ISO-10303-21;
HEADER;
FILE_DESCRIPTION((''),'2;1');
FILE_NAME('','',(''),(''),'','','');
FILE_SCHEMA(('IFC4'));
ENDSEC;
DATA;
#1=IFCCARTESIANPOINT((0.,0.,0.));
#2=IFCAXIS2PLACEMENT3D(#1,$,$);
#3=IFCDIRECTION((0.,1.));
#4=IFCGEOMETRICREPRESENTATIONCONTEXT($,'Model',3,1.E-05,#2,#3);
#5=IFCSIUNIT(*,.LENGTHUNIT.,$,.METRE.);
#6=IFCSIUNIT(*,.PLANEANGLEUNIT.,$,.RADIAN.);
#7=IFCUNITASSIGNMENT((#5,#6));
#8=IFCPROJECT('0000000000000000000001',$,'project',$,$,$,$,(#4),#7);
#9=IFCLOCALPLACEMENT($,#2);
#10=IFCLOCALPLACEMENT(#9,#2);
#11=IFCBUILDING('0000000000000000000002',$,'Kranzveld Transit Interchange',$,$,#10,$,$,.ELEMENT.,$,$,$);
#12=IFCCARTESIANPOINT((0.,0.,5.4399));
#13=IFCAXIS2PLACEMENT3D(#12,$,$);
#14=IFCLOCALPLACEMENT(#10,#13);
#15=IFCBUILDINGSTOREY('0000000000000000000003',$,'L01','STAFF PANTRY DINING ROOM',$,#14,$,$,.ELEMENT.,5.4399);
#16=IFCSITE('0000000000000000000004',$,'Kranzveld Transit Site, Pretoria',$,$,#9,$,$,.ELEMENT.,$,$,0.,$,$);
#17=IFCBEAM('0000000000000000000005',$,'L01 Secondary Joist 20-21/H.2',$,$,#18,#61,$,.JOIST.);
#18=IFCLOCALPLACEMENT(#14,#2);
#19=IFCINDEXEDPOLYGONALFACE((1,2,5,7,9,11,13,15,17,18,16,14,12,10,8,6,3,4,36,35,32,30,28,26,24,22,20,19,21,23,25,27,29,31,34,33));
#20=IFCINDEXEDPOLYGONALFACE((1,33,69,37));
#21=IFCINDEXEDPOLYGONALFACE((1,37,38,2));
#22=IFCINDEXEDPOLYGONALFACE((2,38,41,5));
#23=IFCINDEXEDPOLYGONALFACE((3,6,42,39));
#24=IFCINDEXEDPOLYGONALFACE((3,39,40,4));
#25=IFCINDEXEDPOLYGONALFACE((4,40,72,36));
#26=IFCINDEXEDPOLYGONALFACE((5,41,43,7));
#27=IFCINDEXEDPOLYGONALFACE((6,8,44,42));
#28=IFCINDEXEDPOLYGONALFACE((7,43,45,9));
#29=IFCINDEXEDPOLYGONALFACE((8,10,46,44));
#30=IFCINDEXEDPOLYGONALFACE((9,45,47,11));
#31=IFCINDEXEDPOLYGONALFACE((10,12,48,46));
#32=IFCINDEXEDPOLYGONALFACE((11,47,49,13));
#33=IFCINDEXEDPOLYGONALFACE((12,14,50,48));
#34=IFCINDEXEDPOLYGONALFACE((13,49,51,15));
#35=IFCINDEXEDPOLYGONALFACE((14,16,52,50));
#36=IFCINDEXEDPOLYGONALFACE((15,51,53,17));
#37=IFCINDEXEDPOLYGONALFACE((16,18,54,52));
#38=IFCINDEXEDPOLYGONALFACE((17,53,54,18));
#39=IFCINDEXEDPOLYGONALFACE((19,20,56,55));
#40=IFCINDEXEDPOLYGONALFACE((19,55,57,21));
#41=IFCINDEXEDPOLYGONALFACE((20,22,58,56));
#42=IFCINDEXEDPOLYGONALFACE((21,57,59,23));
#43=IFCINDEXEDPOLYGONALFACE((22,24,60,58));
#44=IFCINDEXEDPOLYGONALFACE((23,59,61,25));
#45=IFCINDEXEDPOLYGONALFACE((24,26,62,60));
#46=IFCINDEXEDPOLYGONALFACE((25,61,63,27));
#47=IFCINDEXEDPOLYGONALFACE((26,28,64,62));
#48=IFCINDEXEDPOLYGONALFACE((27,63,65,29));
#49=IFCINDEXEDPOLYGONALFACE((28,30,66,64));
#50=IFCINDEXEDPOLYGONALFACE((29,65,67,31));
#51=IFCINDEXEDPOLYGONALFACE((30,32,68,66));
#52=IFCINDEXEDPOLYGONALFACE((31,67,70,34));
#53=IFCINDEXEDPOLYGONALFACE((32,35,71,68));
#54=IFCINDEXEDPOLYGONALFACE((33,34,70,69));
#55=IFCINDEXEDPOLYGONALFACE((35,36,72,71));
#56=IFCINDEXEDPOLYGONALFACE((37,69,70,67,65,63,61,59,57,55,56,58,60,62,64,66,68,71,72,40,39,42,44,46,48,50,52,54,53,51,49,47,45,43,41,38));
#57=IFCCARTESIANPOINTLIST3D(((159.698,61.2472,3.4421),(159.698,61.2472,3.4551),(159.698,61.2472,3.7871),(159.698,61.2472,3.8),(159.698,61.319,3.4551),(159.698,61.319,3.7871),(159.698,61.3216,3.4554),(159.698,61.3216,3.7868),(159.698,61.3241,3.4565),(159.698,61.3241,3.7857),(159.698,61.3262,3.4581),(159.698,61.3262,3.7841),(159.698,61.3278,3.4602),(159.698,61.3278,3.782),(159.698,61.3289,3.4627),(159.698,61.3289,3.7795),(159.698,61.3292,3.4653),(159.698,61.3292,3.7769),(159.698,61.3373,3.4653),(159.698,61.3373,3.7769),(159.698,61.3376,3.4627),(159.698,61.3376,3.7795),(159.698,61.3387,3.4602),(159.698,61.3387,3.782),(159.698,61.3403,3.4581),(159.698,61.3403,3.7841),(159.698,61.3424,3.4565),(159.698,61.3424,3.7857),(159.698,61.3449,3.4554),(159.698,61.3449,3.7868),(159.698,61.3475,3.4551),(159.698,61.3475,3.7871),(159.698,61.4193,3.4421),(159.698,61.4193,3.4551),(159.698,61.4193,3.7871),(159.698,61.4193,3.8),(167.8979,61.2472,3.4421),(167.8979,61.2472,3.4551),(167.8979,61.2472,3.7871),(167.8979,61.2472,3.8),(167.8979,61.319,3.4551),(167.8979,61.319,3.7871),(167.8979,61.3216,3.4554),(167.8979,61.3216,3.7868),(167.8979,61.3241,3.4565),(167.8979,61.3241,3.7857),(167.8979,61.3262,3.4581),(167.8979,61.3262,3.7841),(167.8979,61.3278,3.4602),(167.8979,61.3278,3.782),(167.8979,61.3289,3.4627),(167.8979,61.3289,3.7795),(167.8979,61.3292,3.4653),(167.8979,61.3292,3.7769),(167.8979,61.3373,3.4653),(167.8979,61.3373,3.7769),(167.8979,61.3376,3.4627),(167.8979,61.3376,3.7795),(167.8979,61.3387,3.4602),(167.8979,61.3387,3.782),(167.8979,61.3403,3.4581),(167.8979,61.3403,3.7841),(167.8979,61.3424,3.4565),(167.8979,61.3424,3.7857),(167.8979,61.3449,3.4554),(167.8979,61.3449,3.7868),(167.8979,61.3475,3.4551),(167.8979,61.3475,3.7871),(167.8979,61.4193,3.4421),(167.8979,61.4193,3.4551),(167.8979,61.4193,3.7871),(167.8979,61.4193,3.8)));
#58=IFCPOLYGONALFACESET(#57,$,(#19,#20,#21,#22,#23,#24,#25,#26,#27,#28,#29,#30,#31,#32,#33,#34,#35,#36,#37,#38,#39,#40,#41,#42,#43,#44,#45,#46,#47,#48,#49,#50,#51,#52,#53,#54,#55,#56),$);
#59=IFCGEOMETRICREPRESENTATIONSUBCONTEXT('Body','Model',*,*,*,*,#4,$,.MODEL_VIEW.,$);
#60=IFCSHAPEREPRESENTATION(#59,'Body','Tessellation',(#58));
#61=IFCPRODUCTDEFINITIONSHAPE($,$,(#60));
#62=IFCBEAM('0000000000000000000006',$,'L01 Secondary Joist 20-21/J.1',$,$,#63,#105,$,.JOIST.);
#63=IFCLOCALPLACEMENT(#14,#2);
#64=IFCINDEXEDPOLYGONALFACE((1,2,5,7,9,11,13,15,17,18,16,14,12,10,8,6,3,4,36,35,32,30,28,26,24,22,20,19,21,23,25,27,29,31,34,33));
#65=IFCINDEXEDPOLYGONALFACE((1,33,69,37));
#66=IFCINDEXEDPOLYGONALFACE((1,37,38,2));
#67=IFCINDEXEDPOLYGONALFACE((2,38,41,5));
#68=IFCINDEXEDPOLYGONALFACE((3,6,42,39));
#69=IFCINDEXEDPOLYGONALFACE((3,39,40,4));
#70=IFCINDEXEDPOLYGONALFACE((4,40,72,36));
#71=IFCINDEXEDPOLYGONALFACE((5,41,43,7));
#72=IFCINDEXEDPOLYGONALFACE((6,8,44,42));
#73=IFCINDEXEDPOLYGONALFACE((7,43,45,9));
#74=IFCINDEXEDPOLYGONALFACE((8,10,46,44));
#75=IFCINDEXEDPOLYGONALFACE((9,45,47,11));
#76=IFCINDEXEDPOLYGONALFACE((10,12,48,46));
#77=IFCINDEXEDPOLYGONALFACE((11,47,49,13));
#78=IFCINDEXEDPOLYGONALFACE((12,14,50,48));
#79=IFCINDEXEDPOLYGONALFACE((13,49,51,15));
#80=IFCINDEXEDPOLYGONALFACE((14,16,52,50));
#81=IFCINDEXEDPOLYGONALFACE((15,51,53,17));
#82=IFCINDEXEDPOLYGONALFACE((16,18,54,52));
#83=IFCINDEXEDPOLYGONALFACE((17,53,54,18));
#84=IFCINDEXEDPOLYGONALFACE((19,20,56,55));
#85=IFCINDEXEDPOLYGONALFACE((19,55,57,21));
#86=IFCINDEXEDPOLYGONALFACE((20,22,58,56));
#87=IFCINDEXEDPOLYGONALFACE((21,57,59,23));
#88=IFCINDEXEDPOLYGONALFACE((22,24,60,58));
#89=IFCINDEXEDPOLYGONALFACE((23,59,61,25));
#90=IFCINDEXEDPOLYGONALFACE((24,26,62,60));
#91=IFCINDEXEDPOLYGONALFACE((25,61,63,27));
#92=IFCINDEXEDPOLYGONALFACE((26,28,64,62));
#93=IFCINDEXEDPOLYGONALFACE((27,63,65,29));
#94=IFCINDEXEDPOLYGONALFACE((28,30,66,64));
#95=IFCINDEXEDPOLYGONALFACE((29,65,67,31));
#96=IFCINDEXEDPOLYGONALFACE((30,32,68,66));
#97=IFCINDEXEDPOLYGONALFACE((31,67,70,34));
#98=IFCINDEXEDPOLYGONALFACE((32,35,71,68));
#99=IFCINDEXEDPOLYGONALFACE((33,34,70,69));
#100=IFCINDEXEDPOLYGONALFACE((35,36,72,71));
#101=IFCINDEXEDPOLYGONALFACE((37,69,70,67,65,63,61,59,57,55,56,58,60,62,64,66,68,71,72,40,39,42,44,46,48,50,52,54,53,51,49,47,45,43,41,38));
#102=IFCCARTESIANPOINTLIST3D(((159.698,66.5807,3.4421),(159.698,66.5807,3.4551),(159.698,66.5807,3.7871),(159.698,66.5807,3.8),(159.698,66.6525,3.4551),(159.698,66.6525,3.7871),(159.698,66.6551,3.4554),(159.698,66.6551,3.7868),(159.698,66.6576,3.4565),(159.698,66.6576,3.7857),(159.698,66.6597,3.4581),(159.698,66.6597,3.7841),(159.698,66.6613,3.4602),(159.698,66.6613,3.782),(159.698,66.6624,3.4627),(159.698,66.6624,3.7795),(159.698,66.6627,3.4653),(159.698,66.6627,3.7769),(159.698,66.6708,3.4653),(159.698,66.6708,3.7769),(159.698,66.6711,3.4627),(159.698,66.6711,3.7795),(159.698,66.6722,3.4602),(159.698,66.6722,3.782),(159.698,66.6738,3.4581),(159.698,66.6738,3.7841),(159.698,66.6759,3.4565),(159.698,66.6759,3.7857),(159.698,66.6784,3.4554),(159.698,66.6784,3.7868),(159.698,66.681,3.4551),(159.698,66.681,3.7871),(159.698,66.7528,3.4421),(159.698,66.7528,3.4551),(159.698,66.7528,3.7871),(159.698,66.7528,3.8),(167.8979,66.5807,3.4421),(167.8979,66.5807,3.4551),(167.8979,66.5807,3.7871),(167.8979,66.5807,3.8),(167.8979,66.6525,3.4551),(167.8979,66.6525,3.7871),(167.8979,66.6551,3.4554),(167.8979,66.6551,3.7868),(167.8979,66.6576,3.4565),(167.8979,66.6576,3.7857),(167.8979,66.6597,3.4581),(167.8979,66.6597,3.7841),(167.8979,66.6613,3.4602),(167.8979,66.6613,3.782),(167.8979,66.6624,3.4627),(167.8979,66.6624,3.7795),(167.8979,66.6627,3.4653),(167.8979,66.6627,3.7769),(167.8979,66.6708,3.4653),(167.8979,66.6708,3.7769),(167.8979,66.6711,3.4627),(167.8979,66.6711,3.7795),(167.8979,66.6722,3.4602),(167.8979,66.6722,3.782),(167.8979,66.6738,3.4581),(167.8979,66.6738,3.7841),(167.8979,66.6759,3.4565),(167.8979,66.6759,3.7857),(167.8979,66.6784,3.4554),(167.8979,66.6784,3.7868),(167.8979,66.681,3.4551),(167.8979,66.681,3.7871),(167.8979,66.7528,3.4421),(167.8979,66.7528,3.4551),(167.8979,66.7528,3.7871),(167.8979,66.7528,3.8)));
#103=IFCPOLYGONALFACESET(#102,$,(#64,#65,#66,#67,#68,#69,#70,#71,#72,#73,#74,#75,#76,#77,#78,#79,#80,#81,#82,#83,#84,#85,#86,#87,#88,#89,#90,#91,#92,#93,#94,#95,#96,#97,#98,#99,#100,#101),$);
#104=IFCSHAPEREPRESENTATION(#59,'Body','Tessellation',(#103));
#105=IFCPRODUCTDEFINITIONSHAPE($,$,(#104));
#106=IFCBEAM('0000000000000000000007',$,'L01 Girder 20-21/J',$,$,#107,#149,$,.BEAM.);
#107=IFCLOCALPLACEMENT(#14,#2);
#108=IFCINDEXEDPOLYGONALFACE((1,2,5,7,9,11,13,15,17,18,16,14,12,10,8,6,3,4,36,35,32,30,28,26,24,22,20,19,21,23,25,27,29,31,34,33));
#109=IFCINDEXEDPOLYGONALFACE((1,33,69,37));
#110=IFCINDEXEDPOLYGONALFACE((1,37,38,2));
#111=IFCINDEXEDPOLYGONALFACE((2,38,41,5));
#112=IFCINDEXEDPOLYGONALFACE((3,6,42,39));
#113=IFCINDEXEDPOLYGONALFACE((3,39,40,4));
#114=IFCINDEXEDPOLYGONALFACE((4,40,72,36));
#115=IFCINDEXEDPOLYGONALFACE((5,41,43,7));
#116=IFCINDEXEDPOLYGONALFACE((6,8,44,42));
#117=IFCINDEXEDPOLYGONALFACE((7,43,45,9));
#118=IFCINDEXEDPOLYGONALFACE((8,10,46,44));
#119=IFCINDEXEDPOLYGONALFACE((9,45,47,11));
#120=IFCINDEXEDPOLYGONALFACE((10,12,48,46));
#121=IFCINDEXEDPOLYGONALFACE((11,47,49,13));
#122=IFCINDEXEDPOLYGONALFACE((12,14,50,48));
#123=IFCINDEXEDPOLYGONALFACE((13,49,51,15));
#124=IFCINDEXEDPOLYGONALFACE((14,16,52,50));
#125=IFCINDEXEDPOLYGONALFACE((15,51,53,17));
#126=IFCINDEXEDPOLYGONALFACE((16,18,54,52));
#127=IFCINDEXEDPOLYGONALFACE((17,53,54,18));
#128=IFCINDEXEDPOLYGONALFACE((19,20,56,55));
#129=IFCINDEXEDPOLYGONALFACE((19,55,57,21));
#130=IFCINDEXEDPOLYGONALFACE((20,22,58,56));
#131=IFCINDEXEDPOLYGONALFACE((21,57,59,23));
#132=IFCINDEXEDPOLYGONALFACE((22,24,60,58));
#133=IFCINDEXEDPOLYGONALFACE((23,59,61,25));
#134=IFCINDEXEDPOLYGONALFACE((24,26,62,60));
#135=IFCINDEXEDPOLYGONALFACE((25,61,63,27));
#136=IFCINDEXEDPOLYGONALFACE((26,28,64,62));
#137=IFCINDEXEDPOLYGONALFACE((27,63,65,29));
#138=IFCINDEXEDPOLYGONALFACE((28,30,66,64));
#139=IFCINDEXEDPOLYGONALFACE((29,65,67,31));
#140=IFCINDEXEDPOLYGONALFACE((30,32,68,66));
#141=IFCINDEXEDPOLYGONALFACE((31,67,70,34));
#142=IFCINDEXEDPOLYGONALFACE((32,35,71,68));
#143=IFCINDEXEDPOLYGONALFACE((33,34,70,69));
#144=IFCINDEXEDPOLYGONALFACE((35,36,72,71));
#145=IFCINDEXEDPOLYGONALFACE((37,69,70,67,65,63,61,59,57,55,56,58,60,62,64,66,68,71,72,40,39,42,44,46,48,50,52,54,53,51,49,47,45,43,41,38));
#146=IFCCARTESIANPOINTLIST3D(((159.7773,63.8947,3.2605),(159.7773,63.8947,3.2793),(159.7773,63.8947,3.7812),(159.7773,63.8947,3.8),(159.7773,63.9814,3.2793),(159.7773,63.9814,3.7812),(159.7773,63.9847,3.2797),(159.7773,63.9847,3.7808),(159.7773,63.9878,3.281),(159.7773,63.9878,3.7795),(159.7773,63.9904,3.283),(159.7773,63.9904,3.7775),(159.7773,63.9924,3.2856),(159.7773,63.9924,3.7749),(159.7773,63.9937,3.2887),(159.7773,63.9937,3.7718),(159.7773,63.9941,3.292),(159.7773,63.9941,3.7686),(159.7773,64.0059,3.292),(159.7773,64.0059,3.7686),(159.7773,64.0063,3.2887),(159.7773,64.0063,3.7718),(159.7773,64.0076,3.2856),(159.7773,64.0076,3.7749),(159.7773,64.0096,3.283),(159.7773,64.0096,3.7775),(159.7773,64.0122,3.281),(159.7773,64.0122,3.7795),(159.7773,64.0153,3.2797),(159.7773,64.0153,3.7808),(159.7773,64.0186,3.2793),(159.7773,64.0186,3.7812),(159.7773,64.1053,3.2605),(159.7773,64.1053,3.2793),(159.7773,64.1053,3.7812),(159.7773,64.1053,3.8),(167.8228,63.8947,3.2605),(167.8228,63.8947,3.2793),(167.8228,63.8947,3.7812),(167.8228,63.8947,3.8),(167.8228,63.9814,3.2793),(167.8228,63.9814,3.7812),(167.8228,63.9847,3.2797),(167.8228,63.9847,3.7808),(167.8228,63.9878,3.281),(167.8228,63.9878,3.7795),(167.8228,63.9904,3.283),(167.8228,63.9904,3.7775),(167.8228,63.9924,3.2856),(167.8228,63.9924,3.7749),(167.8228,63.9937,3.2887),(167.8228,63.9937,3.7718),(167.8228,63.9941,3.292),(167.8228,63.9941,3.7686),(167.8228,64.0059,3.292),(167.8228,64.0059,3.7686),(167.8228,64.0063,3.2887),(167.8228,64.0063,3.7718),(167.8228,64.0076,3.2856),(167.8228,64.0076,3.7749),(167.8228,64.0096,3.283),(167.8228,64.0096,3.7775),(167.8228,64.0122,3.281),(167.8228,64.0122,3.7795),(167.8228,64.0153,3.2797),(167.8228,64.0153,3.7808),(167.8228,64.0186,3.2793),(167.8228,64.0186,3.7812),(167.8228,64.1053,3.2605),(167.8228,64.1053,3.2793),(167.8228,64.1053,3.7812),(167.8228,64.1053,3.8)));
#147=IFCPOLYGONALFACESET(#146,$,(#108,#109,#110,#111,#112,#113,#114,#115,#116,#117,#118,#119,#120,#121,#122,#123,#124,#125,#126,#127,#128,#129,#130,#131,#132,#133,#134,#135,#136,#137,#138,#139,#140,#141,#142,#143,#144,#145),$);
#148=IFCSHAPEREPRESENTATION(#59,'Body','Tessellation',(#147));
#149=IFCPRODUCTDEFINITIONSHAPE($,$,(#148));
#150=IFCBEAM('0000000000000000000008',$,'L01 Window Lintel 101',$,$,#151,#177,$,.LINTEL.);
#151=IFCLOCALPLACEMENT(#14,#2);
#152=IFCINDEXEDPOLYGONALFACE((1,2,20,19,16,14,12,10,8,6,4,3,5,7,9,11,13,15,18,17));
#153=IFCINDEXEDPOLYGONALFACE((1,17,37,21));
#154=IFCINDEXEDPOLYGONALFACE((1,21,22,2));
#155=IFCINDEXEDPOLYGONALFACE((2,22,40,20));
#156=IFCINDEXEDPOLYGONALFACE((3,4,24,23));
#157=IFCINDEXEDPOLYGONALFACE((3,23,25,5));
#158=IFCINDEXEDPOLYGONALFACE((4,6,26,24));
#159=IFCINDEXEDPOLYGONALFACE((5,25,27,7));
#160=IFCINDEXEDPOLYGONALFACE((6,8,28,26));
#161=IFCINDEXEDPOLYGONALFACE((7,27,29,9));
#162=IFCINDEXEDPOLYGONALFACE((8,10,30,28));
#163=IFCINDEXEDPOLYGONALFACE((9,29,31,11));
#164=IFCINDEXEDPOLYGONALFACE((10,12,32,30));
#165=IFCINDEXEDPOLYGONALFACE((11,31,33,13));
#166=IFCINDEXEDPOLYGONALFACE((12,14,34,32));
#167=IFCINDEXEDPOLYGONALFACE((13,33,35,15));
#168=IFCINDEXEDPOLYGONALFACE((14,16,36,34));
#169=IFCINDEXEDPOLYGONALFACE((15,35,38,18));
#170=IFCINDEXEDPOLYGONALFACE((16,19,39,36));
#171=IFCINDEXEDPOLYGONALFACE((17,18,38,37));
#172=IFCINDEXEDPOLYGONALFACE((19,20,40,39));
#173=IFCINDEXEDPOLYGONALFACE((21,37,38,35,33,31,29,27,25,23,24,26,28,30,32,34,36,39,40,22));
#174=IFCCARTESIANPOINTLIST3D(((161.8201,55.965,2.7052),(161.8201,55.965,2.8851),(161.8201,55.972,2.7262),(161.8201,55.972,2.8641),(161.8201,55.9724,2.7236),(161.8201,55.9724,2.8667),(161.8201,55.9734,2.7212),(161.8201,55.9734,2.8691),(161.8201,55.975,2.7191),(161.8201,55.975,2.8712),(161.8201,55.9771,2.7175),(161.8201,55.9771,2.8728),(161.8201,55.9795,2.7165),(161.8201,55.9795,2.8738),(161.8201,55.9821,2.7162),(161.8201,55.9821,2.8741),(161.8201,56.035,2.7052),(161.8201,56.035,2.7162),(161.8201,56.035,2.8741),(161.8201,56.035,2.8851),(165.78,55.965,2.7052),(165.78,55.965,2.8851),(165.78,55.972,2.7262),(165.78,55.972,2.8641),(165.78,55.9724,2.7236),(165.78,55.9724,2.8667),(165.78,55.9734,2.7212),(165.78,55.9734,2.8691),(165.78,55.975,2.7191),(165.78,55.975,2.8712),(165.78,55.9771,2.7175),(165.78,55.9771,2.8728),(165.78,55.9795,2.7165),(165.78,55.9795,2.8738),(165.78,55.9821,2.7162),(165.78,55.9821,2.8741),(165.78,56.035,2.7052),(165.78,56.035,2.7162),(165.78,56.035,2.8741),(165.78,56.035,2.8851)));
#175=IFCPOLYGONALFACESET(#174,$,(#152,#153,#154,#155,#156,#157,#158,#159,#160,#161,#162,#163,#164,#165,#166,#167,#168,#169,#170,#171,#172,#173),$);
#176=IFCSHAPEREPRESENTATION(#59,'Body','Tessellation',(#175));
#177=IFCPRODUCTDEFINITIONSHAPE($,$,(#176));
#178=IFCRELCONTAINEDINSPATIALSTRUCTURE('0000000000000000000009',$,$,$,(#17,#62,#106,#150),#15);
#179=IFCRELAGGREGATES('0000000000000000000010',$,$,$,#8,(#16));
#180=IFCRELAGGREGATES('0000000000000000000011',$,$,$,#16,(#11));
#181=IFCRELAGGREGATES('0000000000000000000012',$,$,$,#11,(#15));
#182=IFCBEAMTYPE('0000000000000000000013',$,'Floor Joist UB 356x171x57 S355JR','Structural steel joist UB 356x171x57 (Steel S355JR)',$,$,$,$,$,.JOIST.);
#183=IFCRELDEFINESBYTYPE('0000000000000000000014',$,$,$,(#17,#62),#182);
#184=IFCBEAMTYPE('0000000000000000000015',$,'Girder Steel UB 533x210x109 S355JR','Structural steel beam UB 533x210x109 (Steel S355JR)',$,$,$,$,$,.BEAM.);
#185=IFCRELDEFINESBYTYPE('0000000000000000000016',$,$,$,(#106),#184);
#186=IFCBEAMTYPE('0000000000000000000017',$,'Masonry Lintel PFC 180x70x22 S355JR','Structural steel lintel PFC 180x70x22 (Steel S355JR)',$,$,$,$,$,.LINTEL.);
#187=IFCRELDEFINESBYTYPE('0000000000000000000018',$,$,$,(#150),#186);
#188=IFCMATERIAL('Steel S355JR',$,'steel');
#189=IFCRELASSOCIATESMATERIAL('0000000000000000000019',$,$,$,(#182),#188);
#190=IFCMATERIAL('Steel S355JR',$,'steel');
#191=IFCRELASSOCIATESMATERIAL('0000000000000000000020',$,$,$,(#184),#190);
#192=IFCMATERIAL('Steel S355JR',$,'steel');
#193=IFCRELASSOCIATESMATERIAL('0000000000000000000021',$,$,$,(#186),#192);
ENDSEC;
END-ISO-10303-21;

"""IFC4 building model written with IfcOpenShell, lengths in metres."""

from ifc_helpers import new_model, si_unit, direction, frame, origin, origin_2d, place, context, subcontext, project, spatial, i_section, u_section, extrude, material, material_profile, profile_set, type_object, element, save


model = new_model("IFC4")

# Units and contexts
model_context = context("Model", 3, precision=1e-05, world=origin(), true_north=direction((0.0, 1.0)))
body_context = subcontext(model_context, "Body", "Model", "MODEL_VIEW")
ifc_project = project(units=[si_unit("LENGTHUNIT", "METRE"), si_unit("PLANEANGLEUNIT", "RADIAN")], contexts=[model_context])

# Site, building, storey
site_placement = place(None, origin())
site = spatial("IfcSite", under=ifc_project, at=site_placement, Name="Kranzveld Transit Site, Pretoria", CompositionType="ELEMENT", RefElevation=0.0)
building_placement = place(site_placement, origin())
building = spatial("IfcBuilding", under=site, at=building_placement, Name="Kranzveld Transit Interchange", CompositionType="ELEMENT")
storey_placement = place(building_placement, frame((0.0, 0.0, 5.4399)))
storey = spatial("IfcBuildingStorey", under=building, at=storey_placement, Name="L01", Description="STAFF PANTRY DINING ROOM", CompositionType="ELEMENT", Elevation=5.4399)

# Beams
ifc_material_1 = material(Name="Steel S355JR", Category="steel")
ifc_material_profile_1 = material_profile(ifc_material_1, i_section(OverallWidth=0.1721, OverallDepth=0.3579, WebThickness=0.0081, FlangeThickness=0.0129, FilletRadius=0.0103, at=origin_2d()), Name="UB 356x171x57")
ifc_profile_set_1 = profile_set([ifc_material_profile_1], Name="Steel S355JR")
beam_type_1 = type_object("IfcBeamType", Name="Floor Joist UB 356x171x57 S355JR", Description="Structural steel joist UB 356x171x57 (Steel S355JR)", PredefinedType="JOIST", material=ifc_profile_set_1)
for number, where, z_axis, x_axis, name in (
    (1, (159.698, 61.3333, 3.6211), (1.0, 0.0, 0.0), (0.0, 1.0, 0.0), "L01 Secondary Joist 20-21/H.2"),
    (2, (159.698, 66.6667, 3.6211), (1.0, 0.0, 0.0), (0.0, 1.0, 0.0), "L01 Secondary Joist 20-21/J.1"),
):
    element("IfcBeam", number, at=place(storey_placement, frame(where, z_axis=z_axis, x_axis=x_axis)), inside=storey, type_object=beam_type_1, Name=name, PredefinedType="JOIST", context=body_context, shape_type="SweptSolid", body=[
        extrude(i_section(OverallWidth=0.1721, OverallDepth=0.3579, WebThickness=0.0081, FlangeThickness=0.0129, FilletRadius=0.0103, at=origin_2d()), origin(), (0.0, 0.0, 1.0), 8.2),
    ])
ifc_material_2 = material(Name="Steel S355JR", Category="steel")
ifc_material_profile_2 = material_profile(ifc_material_2, i_section(OverallWidth=0.2107, OverallDepth=0.5396, WebThickness=0.0117, FlangeThickness=0.0188, FilletRadius=0.0127, at=origin_2d()), Name="UB 533x210x109")
ifc_profile_set_2 = profile_set([ifc_material_profile_2], Name="Steel S355JR")
beam_type_2 = type_object("IfcBeamType", Name="Girder Steel UB 533x210x109 S355JR", Description="Structural steel beam UB 533x210x109 (Steel S355JR)", PredefinedType="BEAM", material=ifc_profile_set_2)
beam_1_placement = place(storey_placement, frame((159.7773, 64.0, 3.5303), z_axis=(1.0, 0.0, 0.0), x_axis=(0.0, 1.0, 0.0)))
element("IfcBeam", 3, at=beam_1_placement, inside=storey, type_object=beam_type_2, Name="L01 Girder 20-21/J", PredefinedType="BEAM", context=body_context, shape_type="SweptSolid", body=[
    extrude(i_section(OverallWidth=0.2107, OverallDepth=0.5396, WebThickness=0.0117, FlangeThickness=0.0188, FilletRadius=0.0127, at=origin_2d()), origin(), (0.0, 0.0, 1.0), 8.0454),
])
ifc_material_3 = material(Name="Steel S355JR", Category="steel")
ifc_material_profile_3 = material_profile(ifc_material_3, u_section(Depth=0.1799, FlangeWidth=0.0701, WebThickness=0.0071, FlangeThickness=0.011, FilletRadius=0.01, at=origin_2d()), Name="PFC 180x70x22")
ifc_profile_set_3 = profile_set([ifc_material_profile_3], Name="Steel S355JR")
beam_type_3 = type_object("IfcBeamType", Name="Masonry Lintel PFC 180x70x22 S355JR", Description="Structural steel lintel PFC 180x70x22 (Steel S355JR)", PredefinedType="LINTEL", material=ifc_profile_set_3)
beam_2_placement = place(storey_placement, frame((161.8201, 56.0, 2.7952), z_axis=(1.0, 0.0, 0.0), x_axis=(0.0, 1.0, 0.0)))
element("IfcBeam", 4, at=beam_2_placement, inside=storey, type_object=beam_type_3, Name="L01 Window Lintel 101", PredefinedType="LINTEL", context=body_context, shape_type="SweptSolid", body=[
    extrude(u_section(Depth=0.1799, FlangeWidth=0.0701, WebThickness=0.0071, FlangeThickness=0.011, FilletRadius=0.01, at=origin_2d()), origin(), (0.0, 0.0, 1.0), 3.96),
])

save(model, "model.ifc")
